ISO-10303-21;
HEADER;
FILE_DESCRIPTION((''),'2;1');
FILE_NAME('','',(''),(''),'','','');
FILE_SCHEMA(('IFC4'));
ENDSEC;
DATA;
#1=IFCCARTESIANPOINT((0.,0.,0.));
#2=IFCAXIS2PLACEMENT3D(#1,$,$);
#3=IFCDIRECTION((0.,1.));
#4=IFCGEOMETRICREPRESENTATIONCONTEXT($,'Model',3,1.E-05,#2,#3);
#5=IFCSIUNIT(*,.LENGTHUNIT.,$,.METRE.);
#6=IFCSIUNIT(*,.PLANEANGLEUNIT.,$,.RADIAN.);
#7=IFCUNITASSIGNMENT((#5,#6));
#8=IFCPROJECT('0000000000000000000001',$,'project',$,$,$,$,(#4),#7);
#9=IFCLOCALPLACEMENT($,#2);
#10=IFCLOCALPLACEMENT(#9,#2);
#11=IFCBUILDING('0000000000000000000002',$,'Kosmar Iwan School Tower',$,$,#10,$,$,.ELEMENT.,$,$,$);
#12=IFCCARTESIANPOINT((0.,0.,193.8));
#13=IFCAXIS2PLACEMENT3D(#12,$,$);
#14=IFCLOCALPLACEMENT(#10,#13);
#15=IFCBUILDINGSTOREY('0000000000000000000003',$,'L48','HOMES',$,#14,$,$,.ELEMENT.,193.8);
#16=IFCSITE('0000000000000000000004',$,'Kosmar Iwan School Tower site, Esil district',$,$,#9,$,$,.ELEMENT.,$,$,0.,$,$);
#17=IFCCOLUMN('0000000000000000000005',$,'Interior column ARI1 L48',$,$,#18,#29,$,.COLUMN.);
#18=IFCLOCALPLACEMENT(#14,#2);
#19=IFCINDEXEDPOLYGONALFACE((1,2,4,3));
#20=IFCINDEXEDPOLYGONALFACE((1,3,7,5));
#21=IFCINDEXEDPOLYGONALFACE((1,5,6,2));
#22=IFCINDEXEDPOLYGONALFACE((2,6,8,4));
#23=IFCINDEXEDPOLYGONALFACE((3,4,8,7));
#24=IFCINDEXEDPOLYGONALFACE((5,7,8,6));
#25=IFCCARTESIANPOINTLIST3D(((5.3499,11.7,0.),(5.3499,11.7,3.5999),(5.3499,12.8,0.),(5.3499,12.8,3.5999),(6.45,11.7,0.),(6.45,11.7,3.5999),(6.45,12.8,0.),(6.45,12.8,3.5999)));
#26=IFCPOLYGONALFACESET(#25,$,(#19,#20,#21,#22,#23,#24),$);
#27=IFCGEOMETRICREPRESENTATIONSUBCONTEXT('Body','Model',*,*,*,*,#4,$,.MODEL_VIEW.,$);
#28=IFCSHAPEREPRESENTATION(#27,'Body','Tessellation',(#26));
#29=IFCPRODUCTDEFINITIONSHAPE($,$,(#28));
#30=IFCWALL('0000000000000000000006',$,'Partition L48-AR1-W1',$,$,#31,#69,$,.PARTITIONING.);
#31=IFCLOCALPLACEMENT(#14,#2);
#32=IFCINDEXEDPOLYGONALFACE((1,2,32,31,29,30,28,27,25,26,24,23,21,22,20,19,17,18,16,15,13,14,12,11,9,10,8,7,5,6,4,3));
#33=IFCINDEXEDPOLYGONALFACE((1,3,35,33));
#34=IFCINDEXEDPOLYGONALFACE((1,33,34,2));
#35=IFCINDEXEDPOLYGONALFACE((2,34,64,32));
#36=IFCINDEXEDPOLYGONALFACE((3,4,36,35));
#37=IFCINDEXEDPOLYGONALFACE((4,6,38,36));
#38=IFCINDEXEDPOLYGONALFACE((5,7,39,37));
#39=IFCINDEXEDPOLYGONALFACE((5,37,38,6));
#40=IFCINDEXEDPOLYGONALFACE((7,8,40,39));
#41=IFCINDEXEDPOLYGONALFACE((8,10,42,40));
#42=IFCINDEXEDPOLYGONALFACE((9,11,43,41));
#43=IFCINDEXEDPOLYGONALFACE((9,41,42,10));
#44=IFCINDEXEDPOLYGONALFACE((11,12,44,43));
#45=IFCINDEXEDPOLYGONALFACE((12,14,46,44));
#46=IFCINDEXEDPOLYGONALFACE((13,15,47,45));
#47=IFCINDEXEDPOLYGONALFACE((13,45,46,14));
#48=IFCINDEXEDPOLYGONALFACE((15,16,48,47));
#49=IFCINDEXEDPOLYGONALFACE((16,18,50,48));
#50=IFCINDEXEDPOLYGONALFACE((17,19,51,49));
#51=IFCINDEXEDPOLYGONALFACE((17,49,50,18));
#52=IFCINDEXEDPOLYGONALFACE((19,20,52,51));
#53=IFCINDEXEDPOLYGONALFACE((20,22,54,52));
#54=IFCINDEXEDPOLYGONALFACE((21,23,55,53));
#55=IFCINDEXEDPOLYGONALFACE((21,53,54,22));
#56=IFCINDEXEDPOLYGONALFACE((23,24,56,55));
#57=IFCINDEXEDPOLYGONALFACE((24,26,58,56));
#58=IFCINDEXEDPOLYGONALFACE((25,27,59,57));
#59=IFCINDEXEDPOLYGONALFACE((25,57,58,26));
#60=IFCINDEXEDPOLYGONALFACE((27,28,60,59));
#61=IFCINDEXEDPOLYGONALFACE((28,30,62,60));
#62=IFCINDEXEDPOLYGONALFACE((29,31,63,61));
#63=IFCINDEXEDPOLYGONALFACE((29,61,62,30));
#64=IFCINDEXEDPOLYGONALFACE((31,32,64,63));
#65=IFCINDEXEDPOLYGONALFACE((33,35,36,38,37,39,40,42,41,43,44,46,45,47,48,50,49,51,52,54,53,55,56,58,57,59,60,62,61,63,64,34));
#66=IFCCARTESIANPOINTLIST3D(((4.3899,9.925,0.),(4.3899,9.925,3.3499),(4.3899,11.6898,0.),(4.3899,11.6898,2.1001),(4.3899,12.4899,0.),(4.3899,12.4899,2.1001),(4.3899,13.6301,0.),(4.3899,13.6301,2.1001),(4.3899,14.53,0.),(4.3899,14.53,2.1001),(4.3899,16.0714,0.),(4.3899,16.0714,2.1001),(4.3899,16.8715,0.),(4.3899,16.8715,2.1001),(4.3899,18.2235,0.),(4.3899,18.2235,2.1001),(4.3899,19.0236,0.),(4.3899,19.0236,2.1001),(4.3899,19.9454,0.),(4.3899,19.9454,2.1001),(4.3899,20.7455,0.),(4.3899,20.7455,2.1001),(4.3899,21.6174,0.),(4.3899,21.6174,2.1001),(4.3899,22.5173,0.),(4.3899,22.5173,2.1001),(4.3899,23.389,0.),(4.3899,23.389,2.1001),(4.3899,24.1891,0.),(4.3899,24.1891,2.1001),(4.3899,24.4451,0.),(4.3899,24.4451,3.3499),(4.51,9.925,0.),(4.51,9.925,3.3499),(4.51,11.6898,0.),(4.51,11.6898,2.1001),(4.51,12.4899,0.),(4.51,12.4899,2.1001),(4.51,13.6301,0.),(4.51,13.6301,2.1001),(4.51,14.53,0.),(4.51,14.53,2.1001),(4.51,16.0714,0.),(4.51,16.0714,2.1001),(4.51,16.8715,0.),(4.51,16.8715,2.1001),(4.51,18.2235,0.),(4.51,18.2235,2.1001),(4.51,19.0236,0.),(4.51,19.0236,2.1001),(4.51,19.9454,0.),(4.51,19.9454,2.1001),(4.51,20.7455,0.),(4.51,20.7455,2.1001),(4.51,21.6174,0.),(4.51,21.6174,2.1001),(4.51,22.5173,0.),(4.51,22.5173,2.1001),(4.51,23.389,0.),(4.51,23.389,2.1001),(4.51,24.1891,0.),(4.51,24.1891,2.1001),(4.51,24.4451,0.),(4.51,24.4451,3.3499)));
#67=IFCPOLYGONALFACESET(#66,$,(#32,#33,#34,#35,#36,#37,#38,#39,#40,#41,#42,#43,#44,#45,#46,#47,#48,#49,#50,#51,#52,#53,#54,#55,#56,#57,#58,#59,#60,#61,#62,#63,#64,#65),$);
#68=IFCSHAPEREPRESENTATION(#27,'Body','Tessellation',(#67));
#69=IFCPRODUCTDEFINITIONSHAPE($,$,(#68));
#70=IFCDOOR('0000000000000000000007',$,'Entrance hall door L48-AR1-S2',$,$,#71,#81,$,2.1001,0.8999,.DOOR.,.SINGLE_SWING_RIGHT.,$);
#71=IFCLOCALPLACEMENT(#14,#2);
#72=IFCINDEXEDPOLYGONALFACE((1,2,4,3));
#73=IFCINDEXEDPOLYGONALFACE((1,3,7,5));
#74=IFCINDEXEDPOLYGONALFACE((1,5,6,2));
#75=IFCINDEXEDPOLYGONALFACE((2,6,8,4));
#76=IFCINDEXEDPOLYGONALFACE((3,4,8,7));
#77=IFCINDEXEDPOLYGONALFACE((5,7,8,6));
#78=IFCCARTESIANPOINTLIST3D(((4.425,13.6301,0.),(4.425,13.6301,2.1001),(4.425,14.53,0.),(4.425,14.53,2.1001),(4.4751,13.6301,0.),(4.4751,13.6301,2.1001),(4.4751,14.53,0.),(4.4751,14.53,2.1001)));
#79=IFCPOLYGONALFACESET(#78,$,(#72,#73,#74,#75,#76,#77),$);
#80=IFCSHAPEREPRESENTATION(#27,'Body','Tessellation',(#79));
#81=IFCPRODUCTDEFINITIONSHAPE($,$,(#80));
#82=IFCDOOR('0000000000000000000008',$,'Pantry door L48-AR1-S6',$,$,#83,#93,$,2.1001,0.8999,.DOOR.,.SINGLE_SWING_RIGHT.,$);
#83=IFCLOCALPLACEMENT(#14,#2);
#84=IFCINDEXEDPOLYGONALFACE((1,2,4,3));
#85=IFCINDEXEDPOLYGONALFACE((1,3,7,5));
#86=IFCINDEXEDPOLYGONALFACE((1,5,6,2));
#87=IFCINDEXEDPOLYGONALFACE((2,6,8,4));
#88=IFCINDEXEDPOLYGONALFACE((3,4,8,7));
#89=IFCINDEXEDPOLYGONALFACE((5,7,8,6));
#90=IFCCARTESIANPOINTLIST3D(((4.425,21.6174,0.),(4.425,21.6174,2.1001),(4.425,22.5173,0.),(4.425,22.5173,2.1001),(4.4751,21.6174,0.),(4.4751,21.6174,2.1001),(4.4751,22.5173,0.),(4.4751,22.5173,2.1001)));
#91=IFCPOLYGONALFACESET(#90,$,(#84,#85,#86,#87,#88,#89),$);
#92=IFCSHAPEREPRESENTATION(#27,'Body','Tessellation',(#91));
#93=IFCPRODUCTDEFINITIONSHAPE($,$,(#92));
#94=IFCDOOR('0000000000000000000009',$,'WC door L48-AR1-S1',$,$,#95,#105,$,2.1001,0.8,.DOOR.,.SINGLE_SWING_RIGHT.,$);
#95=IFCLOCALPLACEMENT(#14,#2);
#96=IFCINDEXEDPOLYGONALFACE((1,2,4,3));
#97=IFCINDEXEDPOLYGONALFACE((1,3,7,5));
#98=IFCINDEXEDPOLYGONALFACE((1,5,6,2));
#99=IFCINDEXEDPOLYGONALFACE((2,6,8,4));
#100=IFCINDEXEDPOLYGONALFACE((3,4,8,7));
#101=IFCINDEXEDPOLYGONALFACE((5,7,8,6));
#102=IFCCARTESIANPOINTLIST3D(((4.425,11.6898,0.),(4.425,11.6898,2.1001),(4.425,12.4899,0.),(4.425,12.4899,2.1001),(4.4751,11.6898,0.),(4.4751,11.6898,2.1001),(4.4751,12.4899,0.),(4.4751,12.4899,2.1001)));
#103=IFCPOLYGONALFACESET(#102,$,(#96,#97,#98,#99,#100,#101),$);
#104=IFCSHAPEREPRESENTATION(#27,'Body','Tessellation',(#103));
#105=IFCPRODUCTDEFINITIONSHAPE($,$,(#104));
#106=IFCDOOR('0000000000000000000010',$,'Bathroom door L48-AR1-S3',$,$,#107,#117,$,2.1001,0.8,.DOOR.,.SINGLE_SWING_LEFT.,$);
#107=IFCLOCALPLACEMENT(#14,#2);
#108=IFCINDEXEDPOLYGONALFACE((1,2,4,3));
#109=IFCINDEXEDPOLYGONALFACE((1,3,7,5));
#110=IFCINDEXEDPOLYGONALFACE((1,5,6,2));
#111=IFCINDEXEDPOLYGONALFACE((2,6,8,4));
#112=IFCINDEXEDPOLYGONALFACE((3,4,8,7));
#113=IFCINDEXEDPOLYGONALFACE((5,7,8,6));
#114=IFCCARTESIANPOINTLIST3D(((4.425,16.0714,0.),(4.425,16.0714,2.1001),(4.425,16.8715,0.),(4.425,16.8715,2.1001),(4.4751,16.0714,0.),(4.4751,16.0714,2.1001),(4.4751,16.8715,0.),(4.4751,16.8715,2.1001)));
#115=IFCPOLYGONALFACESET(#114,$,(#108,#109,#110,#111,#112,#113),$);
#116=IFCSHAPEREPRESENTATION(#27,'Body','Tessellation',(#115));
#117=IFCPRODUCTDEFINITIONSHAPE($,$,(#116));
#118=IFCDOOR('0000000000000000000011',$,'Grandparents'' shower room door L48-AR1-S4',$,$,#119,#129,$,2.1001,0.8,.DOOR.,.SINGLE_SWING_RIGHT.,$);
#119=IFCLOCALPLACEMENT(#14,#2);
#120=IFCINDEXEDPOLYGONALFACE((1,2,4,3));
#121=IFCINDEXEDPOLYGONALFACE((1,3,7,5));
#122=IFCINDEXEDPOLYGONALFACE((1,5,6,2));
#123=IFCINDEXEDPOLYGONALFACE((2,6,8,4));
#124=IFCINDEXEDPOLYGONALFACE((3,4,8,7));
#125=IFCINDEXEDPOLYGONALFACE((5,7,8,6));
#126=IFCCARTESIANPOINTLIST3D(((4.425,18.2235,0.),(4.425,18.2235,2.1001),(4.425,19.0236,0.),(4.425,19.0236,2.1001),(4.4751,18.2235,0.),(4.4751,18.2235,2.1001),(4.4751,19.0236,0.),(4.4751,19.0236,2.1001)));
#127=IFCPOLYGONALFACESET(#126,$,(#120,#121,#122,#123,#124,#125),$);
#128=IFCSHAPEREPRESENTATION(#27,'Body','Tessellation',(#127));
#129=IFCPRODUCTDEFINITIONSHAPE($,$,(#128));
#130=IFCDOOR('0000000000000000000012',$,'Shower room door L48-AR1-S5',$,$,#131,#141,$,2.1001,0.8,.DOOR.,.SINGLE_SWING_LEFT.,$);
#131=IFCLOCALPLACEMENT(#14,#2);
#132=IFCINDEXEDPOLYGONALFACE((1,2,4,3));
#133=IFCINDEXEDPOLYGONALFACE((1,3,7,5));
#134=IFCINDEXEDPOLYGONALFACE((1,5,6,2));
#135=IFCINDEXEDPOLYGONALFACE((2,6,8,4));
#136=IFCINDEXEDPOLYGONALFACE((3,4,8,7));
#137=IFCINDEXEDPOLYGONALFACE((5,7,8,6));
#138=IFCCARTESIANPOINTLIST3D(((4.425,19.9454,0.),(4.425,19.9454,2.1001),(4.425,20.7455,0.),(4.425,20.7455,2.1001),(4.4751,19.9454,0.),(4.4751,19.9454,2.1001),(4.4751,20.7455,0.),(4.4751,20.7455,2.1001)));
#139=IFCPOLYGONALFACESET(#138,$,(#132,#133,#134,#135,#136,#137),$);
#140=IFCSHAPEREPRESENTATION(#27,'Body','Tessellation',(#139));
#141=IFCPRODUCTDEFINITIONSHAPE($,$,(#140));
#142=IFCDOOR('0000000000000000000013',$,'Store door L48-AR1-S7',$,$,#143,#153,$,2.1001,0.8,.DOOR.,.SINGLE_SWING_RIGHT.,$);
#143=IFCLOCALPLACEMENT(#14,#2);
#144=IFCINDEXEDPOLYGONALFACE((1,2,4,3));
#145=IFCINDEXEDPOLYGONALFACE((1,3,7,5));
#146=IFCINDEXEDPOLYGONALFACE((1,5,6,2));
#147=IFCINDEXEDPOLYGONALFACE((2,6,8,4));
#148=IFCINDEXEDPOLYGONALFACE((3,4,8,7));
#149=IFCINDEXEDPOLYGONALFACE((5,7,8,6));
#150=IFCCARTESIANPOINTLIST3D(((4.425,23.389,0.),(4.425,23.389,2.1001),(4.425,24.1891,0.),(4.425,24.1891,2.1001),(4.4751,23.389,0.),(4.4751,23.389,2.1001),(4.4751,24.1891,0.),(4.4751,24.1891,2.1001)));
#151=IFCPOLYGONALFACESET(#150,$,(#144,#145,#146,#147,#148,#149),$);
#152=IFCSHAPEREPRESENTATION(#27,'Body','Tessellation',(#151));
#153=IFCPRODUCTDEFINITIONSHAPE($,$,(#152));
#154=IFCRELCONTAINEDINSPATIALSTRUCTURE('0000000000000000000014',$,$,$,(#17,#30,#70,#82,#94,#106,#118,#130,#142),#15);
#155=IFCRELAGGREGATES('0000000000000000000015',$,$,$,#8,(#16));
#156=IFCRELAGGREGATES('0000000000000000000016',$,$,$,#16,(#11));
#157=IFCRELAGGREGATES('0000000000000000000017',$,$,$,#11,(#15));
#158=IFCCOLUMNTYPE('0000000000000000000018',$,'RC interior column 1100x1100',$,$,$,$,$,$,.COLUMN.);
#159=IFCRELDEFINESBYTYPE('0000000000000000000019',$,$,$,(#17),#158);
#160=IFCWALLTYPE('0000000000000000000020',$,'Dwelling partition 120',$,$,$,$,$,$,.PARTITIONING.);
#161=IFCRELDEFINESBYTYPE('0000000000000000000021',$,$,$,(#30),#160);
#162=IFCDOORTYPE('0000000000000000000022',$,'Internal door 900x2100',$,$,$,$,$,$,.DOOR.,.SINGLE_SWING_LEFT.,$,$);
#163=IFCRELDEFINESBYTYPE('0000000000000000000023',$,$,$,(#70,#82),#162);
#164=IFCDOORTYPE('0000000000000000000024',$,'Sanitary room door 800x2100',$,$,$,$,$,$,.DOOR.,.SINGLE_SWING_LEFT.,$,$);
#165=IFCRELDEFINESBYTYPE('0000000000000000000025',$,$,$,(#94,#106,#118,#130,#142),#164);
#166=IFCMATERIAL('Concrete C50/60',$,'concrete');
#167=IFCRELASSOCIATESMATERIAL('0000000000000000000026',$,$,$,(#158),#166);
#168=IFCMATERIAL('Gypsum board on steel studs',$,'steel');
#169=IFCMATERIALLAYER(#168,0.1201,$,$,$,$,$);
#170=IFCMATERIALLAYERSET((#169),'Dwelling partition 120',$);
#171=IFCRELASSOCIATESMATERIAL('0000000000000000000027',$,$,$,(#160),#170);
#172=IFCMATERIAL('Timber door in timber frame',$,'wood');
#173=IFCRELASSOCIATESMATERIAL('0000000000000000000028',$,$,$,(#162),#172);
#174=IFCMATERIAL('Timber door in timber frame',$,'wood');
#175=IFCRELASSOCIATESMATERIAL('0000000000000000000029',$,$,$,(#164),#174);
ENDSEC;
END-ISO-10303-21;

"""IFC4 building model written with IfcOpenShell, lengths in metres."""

from ifc_helpers import new_model, si_unit, direction, frame, frame_2d, origin, origin_2d, place, context, subcontext, project, spatial, rectangle, extrude, material, layer, layer_set, material_profile, profile_set, type_object, element, fill, save


model = new_model("IFC4")

# Units and contexts
model_context = context("Model", 3, precision=1e-05, world=origin(), true_north=direction((0.0, 1.0)))
body_context = subcontext(model_context, "Body", "Model", "MODEL_VIEW")
ifc_project = project(units=[si_unit("LENGTHUNIT", "METRE"), si_unit("PLANEANGLEUNIT", "RADIAN")], contexts=[model_context])

# Site, building, storey
site_placement = place(None, origin())
site = spatial("IfcSite", under=ifc_project, at=site_placement, Name="Kosmar Iwan School Tower site, Esil district", CompositionType="ELEMENT", RefElevation=0.0)
building_placement = place(site_placement, origin())
building = spatial("IfcBuilding", under=site, at=building_placement, Name="Kosmar Iwan School Tower", CompositionType="ELEMENT")
storey_placement = place(building_placement, frame((0.0, 0.0, 193.8)))
storey = spatial("IfcBuildingStorey", under=building, at=storey_placement, Name="L48", Description="HOMES", CompositionType="ELEMENT", Elevation=193.8)

# Column
ifc_material_1 = material(Name="Concrete C50/60", Category="concrete")
ifc_material_profile = material_profile(ifc_material_1, rectangle(XDim=1.1001, YDim=1.1001, at=origin_2d()), Name="RC 1100x1100")
ifc_profile_set = profile_set([ifc_material_profile], Name="Concrete C50/60")
column_type = type_object("IfcColumnType", Name="RC interior column 1100x1100", PredefinedType="COLUMN", material=ifc_profile_set)
column_placement = place(storey_placement, frame((5.8999, 12.25, 0.0), z_axis=(0.0, 0.0, 1.0), x_axis=(0.0, 1.0, 0.0)))
element("IfcColumn", 1, at=column_placement, inside=storey, type_object=column_type, Name="Interior column ARI1 L48", PredefinedType="COLUMN", context=body_context, shape_type="SweptSolid", body=[
    extrude(rectangle(XDim=1.1001, YDim=1.1001, at=origin_2d()), origin(), (0.0, 0.0, 1.0), 3.5999),
])

# Wall, openings, doors
ifc_material_2 = material(Name="Gypsum board on steel studs", Category="steel")
ifc_layer_1 = layer(ifc_material_2, 0.1201)
ifc_layer_set_1 = layer_set([ifc_layer_1], Name="Dwelling partition 120")
wall_type_1 = type_object("IfcWallType", Name="Dwelling partition 120", PredefinedType="PARTITIONING", material=ifc_layer_set_1)
wall_1_placement = place(storey_placement, frame((4.45, 9.925, 0.0), z_axis=(0.0, 0.0, 1.0), x_axis=(0.0, 1.0, 0.0)))
wall_1 = element("IfcWall", 2, at=wall_1_placement, inside=storey, type_object=wall_type_1, Name="Partition L48-AR1-W1", PredefinedType="PARTITIONING", context=body_context, shape_type="SweptSolid", body=[
    extrude(rectangle(XDim=14.52, YDim=0.1201, at=frame_2d((7.26, 0.0))), origin(), (0.0, 0.0, 1.0), 3.3499),
])
opening_1_placement = place(wall_1_placement, frame((1.7649, 0.0, 0.0)))
opening_1 = element("IfcOpeningElement", 3, at=opening_1_placement, cuts=wall_1, PredefinedType="OPENING", context=body_context, shape_type="SweptSolid", body=[
    extrude(rectangle(XDim=0.8, YDim=2.1001, at=frame_2d((0.3999, 1.05))), frame((0.0, 0.072, 0.0), z_axis=(0.0, -1.0, 0.0), x_axis=(1.0, 0.0, 0.0)), (0.0, 0.0, 1.0), 0.144),
])
opening_2_placement = place(wall_1_placement, frame((3.7051, 0.0, 0.0)))
opening_2 = element("IfcOpeningElement", 4, at=opening_2_placement, cuts=wall_1, PredefinedType="OPENING", context=body_context, shape_type="SweptSolid", body=[
    extrude(rectangle(XDim=0.8999, YDim=2.1001, at=frame_2d((0.45, 1.05))), frame((0.0, 0.072, 0.0), z_axis=(0.0, -1.0, 0.0), x_axis=(1.0, 0.0, 0.0)), (0.0, 0.0, 1.0), 0.144),
])
opening_3_placement = place(wall_1_placement, frame((6.1465, 0.0, 0.0)))
opening_3 = element("IfcOpeningElement", 5, at=opening_3_placement, cuts=wall_1, PredefinedType="OPENING", context=body_context, shape_type="SweptSolid", body=[
    extrude(rectangle(XDim=0.8, YDim=2.1001, at=frame_2d((0.3999, 1.05))), frame((0.0, 0.072, 0.0), z_axis=(0.0, -1.0, 0.0), x_axis=(1.0, 0.0, 0.0)), (0.0, 0.0, 1.0), 0.144),
])
opening_4_placement = place(wall_1_placement, frame((8.2986, 0.0, 0.0)))
opening_4 = element("IfcOpeningElement", 6, at=opening_4_placement, cuts=wall_1, PredefinedType="OPENING", context=body_context, shape_type="SweptSolid", body=[
    extrude(rectangle(XDim=0.8, YDim=2.1001, at=frame_2d((0.3999, 1.05))), frame((0.0, 0.072, 0.0), z_axis=(0.0, -1.0, 0.0), x_axis=(1.0, 0.0, 0.0)), (0.0, 0.0, 1.0), 0.144),
])
opening_5_placement = place(wall_1_placement, frame((10.0205, 0.0, 0.0)))
opening_5 = element("IfcOpeningElement", 7, at=opening_5_placement, cuts=wall_1, PredefinedType="OPENING", context=body_context, shape_type="SweptSolid", body=[
    extrude(rectangle(XDim=0.8, YDim=2.1001, at=frame_2d((0.3999, 1.05))), frame((0.0, 0.072, 0.0), z_axis=(0.0, -1.0, 0.0), x_axis=(1.0, 0.0, 0.0)), (0.0, 0.0, 1.0), 0.144),
])
opening_6_placement = place(wall_1_placement, frame((11.6924, 0.0, 0.0)))
opening_6 = element("IfcOpeningElement", 8, at=opening_6_placement, cuts=wall_1, PredefinedType="OPENING", context=body_context, shape_type="SweptSolid", body=[
    extrude(rectangle(XDim=0.8999, YDim=2.1001, at=frame_2d((0.45, 1.05))), frame((0.0, 0.072, 0.0), z_axis=(0.0, -1.0, 0.0), x_axis=(1.0, 0.0, 0.0)), (0.0, 0.0, 1.0), 0.144),
])
opening_7_placement = place(wall_1_placement, frame((13.4641, 0.0, 0.0)))
opening_7 = element("IfcOpeningElement", 9, at=opening_7_placement, cuts=wall_1, PredefinedType="OPENING", context=body_context, shape_type="SweptSolid", body=[
    extrude(rectangle(XDim=0.8, YDim=2.1001, at=frame_2d((0.3999, 1.05))), frame((0.0, 0.072, 0.0), z_axis=(0.0, -1.0, 0.0), x_axis=(1.0, 0.0, 0.0)), (0.0, 0.0, 1.0), 0.144),
])
ifc_material_3 = material(Name="Timber door in timber frame", Category="wood")
door_type_1 = type_object("IfcDoorType", Name="Internal door 900x2100", OperationType="SINGLE_SWING_LEFT", PredefinedType="DOOR", material=ifc_material_3)
door_1_placement = place(opening_2_placement, origin())
door_1 = element("IfcDoor", 10, at=door_1_placement, inside=storey, type_object=door_type_1, Name="Entrance hall door L48-AR1-S2", OperationType="SINGLE_SWING_RIGHT", OverallHeight=2.1001, OverallWidth=0.8999, PredefinedType="DOOR", context=body_context, shape_type="SweptSolid", body=[
    extrude(rectangle(XDim=0.8999, YDim=2.1001, at=frame_2d((0.45, 1.05))), frame((0.0, 0.0249, 0.0), z_axis=(0.0, -1.0, 0.0), x_axis=(1.0, 0.0, 0.0)), (0.0, 0.0, 1.0), 0.05),
])
fill(opening_2, door_1)
door_2_placement = place(opening_6_placement, origin())
door_2 = element("IfcDoor", 11, at=door_2_placement, inside=storey, type_object=door_type_1, Name="Pantry door L48-AR1-S6", OperationType="SINGLE_SWING_RIGHT", OverallHeight=2.1001, OverallWidth=0.8999, PredefinedType="DOOR", context=body_context, shape_type="SweptSolid", body=[
    extrude(rectangle(XDim=0.8999, YDim=2.1001, at=frame_2d((0.45, 1.05))), frame((0.0, 0.0249, 0.0), z_axis=(0.0, -1.0, 0.0), x_axis=(1.0, 0.0, 0.0)), (0.0, 0.0, 1.0), 0.05),
])
fill(opening_6, door_2)
ifc_material_4 = material(Name="Timber door in timber frame", Category="wood")
door_type_2 = type_object("IfcDoorType", Name="Sanitary room door 800x2100", OperationType="SINGLE_SWING_LEFT", PredefinedType="DOOR", material=ifc_material_4)
door_3_placement = place(opening_1_placement, origin())
door_3 = element("IfcDoor", 12, at=door_3_placement, inside=storey, type_object=door_type_2, Name="WC door L48-AR1-S1", OperationType="SINGLE_SWING_RIGHT", OverallHeight=2.1001, OverallWidth=0.8, PredefinedType="DOOR", context=body_context, shape_type="SweptSolid", body=[
    extrude(rectangle(XDim=0.8, YDim=2.1001, at=frame_2d((0.3999, 1.05))), frame((0.0, 0.0249, 0.0), z_axis=(0.0, -1.0, 0.0), x_axis=(1.0, 0.0, 0.0)), (0.0, 0.0, 1.0), 0.05),
])
fill(opening_1, door_3)
door_4_placement = place(opening_3_placement, origin())
door_4 = element("IfcDoor", 13, at=door_4_placement, inside=storey, type_object=door_type_2, Name="Bathroom door L48-AR1-S3", OperationType="SINGLE_SWING_LEFT", OverallHeight=2.1001, OverallWidth=0.8, PredefinedType="DOOR", context=body_context, shape_type="SweptSolid", body=[
    extrude(rectangle(XDim=0.8, YDim=2.1001, at=frame_2d((0.3999, 1.05))), frame((0.0, 0.0249, 0.0), z_axis=(0.0, -1.0, 0.0), x_axis=(1.0, 0.0, 0.0)), (0.0, 0.0, 1.0), 0.05),
])
fill(opening_3, door_4)
door_5_placement = place(opening_4_placement, origin())
door_5 = element("IfcDoor", 14, at=door_5_placement, inside=storey, type_object=door_type_2, Name="Grandparents' shower room door L48-AR1-S4", OperationType="SINGLE_SWING_RIGHT", OverallHeight=2.1001, OverallWidth=0.8, PredefinedType="DOOR", context=body_context, shape_type="SweptSolid", body=[
    extrude(rectangle(XDim=0.8, YDim=2.1001, at=frame_2d((0.3999, 1.05))), frame((0.0, 0.0249, 0.0), z_axis=(0.0, -1.0, 0.0), x_axis=(1.0, 0.0, 0.0)), (0.0, 0.0, 1.0), 0.05),
])
fill(opening_4, door_5)
door_6_placement = place(opening_5_placement, origin())
door_6 = element("IfcDoor", 15, at=door_6_placement, inside=storey, type_object=door_type_2, Name="Shower room door L48-AR1-S5", OperationType="SINGLE_SWING_LEFT", OverallHeight=2.1001, OverallWidth=0.8, PredefinedType="DOOR", context=body_context, shape_type="SweptSolid", body=[
    extrude(rectangle(XDim=0.8, YDim=2.1001, at=frame_2d((0.3999, 1.05))), frame((0.0, 0.0249, 0.0), z_axis=(0.0, -1.0, 0.0), x_axis=(1.0, 0.0, 0.0)), (0.0, 0.0, 1.0), 0.05),
])
fill(opening_5, door_6)
door_7_placement = place(opening_7_placement, origin())
door_7 = element("IfcDoor", 16, at=door_7_placement, inside=storey, type_object=door_type_2, Name="Store door L48-AR1-S7", OperationType="SINGLE_SWING_RIGHT", OverallHeight=2.1001, OverallWidth=0.8, PredefinedType="DOOR", context=body_context, shape_type="SweptSolid", body=[
    extrude(rectangle(XDim=0.8, YDim=2.1001, at=frame_2d((0.3999, 1.05))), frame((0.0, 0.0249, 0.0), z_axis=(0.0, -1.0, 0.0), x_axis=(1.0, 0.0, 0.0)), (0.0, 0.0, 1.0), 0.05),
])
fill(opening_7, door_7)

save(model, "model.ifc")
